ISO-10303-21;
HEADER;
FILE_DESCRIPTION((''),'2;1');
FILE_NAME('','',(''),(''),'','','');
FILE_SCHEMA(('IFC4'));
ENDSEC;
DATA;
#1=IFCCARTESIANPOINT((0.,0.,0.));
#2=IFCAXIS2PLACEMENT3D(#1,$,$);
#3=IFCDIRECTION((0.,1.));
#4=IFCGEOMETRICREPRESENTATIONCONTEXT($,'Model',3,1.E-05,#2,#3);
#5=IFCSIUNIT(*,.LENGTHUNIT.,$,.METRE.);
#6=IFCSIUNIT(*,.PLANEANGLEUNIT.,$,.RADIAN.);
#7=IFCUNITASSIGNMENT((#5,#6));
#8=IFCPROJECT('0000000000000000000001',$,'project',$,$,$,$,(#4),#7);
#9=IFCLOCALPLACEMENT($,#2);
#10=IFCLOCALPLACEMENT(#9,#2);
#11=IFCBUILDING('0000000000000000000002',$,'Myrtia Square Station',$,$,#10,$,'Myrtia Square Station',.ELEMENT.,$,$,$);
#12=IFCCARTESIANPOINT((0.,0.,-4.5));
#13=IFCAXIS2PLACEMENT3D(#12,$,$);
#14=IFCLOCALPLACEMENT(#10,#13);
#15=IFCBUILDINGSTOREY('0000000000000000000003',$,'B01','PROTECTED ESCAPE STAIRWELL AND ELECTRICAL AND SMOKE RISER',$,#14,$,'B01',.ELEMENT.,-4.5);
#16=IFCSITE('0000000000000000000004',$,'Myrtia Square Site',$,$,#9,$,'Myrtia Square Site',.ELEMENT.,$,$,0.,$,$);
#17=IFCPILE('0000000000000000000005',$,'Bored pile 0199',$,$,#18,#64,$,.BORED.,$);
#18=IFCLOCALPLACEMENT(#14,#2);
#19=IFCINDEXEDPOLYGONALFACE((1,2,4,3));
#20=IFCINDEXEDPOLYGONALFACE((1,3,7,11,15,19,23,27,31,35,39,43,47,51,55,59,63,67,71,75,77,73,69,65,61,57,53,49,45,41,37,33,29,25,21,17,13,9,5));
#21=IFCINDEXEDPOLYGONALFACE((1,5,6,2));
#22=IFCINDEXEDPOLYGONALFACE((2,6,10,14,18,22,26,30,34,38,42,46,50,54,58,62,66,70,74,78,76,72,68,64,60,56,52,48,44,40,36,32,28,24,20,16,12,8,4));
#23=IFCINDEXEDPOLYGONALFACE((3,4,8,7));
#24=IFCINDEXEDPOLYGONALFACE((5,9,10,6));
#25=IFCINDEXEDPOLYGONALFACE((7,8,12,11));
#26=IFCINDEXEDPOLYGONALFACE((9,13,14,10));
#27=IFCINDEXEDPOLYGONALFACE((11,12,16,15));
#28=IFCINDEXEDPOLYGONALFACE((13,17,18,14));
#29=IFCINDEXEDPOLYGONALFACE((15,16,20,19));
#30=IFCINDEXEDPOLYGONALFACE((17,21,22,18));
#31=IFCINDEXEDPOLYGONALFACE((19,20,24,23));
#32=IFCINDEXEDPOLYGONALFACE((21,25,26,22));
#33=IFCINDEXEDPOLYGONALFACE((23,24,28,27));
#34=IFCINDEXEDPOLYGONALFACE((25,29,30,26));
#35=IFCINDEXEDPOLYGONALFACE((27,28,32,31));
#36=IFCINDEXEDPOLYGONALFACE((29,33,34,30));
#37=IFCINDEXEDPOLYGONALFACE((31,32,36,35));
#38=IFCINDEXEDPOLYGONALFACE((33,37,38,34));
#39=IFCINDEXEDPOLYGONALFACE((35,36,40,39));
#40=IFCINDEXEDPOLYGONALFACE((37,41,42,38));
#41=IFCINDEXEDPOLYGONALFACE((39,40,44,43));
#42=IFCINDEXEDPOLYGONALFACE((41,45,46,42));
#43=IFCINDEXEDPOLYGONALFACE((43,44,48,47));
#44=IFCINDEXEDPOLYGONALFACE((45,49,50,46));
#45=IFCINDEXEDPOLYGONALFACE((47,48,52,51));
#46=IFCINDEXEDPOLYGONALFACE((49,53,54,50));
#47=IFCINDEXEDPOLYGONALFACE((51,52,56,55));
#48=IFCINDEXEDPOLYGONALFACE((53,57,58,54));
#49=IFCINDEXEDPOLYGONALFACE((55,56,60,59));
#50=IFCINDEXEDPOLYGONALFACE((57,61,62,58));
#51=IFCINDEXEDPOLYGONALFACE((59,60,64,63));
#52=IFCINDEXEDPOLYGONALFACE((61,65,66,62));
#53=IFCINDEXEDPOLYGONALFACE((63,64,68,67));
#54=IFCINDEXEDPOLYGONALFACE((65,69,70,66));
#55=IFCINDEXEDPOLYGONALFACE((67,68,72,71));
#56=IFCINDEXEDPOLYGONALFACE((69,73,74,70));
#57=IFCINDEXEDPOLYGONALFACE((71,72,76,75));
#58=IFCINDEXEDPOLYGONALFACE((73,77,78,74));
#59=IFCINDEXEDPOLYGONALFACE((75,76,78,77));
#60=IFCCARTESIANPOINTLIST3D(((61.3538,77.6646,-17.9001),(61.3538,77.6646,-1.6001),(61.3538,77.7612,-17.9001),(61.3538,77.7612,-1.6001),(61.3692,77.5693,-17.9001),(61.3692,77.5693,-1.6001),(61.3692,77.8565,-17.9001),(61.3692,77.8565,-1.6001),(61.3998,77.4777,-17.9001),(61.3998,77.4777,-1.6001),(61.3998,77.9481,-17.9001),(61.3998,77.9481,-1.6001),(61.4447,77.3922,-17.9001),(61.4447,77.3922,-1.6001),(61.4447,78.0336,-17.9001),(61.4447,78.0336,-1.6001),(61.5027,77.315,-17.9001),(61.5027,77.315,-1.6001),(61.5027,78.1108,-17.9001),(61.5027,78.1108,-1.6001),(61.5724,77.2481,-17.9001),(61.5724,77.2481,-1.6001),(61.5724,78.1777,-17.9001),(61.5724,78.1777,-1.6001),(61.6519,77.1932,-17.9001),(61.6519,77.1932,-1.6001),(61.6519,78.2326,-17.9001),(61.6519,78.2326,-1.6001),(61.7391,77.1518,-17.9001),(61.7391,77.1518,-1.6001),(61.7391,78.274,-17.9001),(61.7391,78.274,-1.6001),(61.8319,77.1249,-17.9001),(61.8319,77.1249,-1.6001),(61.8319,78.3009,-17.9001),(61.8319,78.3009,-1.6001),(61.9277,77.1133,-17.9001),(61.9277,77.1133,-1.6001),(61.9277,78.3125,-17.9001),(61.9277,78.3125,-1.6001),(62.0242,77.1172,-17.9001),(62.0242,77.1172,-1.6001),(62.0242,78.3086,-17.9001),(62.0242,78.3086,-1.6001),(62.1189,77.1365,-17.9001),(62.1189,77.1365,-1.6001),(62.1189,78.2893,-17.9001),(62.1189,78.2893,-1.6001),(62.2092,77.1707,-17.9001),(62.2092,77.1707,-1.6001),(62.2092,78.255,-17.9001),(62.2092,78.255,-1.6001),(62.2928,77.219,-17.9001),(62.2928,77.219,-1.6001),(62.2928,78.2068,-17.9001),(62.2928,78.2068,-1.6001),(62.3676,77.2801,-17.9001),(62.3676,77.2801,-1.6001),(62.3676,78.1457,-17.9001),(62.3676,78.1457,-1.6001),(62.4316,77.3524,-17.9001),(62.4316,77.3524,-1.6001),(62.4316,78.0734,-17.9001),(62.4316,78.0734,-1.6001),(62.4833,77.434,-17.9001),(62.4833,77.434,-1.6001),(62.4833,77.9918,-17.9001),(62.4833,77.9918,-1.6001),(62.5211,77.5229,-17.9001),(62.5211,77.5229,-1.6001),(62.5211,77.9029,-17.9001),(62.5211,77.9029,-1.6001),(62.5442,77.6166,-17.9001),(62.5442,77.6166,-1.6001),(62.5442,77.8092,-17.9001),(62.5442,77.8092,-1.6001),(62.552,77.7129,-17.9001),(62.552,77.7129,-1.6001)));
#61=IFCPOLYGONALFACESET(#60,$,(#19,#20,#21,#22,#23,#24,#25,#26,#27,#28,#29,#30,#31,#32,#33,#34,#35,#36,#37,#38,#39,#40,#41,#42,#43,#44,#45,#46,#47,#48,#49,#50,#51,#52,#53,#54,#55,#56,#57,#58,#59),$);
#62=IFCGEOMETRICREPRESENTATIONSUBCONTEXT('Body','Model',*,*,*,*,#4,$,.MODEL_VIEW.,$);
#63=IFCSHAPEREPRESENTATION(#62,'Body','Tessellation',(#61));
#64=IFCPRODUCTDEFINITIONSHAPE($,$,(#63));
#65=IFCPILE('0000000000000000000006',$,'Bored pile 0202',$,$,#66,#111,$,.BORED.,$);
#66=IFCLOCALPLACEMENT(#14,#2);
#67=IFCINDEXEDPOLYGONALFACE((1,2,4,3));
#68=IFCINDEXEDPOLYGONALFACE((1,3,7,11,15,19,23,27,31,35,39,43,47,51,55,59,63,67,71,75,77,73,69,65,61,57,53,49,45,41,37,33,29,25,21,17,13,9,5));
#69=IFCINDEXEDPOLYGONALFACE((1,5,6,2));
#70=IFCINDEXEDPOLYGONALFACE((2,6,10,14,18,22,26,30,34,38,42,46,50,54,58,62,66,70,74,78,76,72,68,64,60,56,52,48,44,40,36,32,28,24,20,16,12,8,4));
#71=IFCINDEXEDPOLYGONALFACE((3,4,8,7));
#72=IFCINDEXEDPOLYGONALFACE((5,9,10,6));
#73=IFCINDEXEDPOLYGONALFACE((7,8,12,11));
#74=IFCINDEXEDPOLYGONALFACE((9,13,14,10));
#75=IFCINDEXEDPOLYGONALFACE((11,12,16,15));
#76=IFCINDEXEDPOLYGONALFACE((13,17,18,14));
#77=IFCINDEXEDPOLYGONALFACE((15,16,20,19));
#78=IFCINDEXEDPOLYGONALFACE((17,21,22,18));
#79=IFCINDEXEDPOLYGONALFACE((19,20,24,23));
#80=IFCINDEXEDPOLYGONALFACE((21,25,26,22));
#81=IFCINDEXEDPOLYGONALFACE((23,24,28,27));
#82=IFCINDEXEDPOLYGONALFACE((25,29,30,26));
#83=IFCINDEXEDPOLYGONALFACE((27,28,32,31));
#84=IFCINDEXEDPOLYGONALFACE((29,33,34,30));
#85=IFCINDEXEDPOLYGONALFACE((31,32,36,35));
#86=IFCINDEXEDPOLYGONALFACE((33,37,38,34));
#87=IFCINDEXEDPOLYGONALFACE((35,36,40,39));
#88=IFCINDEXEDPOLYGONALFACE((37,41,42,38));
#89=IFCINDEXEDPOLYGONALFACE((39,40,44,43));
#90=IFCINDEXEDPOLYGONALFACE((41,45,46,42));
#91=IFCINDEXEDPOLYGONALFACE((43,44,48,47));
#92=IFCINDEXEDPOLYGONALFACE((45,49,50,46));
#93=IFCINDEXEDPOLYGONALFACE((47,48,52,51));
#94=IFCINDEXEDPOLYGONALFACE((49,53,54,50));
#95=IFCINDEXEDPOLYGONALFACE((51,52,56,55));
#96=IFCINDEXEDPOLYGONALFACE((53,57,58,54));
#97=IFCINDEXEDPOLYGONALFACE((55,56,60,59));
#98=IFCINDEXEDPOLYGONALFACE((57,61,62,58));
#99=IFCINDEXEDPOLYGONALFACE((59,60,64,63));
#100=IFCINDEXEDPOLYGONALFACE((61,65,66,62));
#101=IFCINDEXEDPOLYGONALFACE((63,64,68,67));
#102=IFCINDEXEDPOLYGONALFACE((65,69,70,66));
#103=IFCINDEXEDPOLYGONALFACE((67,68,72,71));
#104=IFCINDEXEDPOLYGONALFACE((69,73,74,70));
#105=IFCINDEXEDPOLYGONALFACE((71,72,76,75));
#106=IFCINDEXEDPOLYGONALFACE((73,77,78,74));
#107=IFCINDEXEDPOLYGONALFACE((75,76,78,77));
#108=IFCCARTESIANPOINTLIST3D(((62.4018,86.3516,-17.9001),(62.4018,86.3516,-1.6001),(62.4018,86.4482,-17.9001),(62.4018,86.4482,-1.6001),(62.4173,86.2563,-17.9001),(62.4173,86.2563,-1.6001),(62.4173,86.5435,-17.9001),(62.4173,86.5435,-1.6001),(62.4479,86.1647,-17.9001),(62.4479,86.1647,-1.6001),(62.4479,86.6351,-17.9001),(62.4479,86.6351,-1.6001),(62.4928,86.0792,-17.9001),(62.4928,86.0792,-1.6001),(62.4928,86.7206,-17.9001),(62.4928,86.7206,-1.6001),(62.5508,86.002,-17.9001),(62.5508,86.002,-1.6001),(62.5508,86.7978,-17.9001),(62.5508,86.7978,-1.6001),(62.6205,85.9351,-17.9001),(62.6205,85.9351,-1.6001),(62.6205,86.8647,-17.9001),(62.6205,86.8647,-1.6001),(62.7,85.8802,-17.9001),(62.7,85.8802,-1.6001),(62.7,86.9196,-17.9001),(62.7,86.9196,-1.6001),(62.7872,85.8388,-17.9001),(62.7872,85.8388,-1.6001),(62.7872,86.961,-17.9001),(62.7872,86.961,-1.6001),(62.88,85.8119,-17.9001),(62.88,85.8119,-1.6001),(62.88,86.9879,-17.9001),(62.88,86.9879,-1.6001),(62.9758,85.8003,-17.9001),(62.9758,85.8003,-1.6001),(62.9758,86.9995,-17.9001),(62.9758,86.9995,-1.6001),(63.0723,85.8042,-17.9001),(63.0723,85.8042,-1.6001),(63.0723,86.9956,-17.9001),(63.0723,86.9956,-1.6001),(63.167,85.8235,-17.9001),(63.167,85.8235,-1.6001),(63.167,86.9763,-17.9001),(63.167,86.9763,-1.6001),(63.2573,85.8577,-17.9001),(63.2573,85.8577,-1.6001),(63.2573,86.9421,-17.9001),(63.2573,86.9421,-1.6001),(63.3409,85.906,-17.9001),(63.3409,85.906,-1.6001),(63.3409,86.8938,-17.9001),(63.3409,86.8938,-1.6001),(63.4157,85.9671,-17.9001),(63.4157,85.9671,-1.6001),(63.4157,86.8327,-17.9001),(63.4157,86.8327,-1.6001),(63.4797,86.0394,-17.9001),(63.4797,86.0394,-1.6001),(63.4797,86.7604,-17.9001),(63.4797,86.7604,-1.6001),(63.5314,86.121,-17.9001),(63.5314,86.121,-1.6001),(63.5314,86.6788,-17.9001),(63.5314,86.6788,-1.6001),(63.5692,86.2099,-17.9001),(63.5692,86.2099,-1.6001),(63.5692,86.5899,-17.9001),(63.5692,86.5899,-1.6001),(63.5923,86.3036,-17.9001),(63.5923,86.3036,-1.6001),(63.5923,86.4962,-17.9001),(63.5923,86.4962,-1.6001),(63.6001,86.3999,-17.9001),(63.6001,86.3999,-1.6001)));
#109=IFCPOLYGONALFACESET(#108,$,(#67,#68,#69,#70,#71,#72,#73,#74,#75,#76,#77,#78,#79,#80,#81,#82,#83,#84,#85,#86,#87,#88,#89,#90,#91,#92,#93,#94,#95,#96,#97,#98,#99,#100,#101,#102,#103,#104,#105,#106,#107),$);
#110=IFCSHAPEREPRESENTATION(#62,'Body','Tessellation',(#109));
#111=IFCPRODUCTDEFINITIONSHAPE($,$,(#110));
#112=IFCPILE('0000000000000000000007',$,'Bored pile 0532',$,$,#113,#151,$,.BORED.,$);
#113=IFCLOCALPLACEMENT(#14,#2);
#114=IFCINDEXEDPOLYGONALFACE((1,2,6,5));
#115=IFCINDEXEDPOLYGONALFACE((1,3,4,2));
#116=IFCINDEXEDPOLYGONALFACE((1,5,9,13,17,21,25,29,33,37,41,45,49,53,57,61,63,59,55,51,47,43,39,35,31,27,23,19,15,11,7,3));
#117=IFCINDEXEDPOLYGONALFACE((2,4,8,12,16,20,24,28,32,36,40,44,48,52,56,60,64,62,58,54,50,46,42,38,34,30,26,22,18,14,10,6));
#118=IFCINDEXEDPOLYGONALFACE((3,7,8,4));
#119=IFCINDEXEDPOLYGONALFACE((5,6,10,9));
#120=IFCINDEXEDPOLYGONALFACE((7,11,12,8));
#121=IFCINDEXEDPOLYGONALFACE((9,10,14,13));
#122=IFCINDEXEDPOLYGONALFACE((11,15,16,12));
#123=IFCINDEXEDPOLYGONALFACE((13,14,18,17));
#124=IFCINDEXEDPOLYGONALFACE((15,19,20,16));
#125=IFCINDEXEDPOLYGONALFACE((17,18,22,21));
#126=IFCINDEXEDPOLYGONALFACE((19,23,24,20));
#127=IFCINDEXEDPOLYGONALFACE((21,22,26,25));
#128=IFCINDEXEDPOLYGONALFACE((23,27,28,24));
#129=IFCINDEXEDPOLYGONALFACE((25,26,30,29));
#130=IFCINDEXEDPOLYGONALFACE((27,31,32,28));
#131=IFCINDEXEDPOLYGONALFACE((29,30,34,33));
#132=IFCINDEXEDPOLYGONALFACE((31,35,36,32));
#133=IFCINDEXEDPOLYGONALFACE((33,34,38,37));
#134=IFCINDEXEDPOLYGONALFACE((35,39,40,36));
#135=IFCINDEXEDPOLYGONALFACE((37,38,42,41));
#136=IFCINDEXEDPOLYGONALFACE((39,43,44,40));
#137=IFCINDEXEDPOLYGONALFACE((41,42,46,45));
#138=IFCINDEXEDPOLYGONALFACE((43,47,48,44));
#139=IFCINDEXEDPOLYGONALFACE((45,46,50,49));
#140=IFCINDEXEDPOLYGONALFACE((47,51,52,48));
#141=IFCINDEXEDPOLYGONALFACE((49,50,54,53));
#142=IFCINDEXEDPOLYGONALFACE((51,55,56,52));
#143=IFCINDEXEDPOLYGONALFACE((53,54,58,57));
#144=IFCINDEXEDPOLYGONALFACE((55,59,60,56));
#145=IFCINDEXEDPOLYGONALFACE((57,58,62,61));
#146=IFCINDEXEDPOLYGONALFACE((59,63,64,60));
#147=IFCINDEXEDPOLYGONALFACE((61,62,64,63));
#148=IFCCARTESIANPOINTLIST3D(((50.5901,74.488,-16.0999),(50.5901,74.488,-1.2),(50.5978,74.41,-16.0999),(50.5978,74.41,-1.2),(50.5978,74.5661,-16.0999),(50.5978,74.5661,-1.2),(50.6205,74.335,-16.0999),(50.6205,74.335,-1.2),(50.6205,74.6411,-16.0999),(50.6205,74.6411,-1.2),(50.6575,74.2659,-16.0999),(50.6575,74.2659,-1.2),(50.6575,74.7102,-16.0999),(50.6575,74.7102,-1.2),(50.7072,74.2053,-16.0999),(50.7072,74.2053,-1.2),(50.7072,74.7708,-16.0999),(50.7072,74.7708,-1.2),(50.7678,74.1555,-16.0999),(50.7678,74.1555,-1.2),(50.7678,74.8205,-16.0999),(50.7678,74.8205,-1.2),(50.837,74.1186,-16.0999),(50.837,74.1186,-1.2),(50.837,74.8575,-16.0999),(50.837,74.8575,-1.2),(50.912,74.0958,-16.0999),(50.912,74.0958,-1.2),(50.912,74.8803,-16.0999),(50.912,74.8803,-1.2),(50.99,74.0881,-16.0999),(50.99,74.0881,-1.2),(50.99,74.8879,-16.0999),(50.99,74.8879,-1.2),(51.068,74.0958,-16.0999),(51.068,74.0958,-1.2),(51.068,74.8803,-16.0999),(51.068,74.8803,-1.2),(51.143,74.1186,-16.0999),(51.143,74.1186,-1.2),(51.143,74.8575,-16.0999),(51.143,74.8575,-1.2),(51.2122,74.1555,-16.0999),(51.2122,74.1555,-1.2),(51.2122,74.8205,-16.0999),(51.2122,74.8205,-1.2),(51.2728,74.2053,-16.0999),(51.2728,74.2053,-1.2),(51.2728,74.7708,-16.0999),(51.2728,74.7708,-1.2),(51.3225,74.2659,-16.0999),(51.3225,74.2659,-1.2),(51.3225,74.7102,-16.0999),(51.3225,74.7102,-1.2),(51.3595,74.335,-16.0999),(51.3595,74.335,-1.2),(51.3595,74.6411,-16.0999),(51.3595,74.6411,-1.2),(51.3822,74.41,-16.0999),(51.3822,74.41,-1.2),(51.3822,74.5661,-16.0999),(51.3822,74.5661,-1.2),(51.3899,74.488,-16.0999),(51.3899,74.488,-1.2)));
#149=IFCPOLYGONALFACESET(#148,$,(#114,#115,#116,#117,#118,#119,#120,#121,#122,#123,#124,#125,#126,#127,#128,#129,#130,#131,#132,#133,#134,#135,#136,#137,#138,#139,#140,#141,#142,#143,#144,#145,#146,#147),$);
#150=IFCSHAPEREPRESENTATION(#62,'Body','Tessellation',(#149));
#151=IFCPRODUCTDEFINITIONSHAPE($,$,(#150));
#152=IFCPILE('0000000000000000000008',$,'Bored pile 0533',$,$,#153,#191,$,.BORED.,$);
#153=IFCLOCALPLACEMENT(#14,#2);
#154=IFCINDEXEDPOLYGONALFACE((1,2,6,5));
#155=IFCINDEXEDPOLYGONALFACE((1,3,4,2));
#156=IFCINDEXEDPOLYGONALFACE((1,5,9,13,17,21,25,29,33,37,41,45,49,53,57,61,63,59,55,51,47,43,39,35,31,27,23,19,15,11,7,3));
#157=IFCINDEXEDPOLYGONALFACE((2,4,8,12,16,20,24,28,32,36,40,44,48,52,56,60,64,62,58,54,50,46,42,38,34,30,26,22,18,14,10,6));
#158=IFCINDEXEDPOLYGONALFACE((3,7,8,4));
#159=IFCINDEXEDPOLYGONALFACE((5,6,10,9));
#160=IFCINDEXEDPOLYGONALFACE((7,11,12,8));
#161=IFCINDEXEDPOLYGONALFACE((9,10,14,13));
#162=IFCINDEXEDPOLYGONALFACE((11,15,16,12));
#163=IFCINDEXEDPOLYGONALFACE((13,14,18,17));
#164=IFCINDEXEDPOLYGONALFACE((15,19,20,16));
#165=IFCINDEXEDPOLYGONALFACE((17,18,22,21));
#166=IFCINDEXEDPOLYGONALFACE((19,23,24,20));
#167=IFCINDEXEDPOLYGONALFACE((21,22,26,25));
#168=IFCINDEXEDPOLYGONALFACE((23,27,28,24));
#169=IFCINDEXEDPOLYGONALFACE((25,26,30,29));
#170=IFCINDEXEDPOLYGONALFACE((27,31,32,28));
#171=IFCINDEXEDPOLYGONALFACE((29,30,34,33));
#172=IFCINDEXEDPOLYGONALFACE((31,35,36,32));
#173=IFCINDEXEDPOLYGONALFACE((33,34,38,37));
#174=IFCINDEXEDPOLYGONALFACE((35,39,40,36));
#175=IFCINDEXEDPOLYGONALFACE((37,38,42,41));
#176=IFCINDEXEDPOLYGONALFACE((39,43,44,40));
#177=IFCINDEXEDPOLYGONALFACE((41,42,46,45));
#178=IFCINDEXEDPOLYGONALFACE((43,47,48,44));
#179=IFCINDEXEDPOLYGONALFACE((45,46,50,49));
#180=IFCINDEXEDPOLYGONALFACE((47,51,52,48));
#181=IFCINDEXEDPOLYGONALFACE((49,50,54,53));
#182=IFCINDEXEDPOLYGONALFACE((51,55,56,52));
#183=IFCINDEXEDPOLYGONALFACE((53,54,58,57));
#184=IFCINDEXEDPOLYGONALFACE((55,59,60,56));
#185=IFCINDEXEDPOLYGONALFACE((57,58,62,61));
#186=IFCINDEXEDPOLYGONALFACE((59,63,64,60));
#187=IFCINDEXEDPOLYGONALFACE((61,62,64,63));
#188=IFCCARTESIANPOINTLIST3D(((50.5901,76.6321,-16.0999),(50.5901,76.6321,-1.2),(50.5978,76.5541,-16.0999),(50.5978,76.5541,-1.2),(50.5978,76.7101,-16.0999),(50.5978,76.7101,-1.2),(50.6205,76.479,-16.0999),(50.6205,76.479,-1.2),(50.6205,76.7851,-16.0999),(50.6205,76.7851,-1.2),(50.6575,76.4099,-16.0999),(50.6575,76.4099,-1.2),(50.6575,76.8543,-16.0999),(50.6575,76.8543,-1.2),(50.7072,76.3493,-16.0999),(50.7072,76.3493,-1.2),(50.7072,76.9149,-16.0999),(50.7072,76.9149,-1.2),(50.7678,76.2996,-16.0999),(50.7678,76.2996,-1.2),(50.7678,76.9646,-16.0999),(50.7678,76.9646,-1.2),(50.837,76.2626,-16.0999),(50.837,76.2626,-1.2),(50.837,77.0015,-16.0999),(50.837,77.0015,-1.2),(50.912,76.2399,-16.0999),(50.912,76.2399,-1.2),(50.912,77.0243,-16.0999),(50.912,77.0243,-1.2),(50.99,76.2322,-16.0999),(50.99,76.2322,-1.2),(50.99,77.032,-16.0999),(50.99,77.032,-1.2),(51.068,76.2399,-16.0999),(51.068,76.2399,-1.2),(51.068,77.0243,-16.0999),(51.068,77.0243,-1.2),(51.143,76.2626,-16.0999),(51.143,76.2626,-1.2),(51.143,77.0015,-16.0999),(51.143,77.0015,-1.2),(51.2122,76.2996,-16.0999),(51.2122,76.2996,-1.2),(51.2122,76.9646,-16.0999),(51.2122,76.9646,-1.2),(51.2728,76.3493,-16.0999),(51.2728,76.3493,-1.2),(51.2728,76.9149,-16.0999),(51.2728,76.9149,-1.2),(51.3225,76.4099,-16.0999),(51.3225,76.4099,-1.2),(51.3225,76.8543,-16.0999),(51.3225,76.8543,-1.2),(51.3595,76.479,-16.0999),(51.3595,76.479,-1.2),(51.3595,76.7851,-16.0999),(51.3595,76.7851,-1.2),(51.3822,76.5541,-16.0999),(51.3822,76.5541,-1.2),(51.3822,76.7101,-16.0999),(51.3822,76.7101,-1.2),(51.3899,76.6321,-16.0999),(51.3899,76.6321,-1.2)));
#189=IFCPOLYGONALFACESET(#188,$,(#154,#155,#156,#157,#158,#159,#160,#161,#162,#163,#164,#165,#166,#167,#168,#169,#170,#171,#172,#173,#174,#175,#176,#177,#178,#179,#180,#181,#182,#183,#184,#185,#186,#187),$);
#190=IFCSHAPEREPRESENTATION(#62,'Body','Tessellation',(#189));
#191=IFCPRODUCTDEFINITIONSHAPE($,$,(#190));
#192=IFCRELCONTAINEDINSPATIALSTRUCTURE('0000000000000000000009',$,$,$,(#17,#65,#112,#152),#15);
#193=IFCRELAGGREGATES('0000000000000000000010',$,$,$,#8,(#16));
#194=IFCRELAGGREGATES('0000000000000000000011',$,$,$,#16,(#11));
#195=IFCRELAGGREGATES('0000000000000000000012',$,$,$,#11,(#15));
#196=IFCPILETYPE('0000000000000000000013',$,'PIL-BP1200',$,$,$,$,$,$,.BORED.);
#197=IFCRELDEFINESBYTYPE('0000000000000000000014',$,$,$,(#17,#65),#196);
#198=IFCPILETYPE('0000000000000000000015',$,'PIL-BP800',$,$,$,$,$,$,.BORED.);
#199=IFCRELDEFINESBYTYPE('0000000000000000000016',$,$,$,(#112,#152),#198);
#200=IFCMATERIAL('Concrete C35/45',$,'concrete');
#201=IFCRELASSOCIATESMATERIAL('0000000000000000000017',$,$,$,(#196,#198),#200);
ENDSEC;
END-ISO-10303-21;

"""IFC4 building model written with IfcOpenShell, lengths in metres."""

from ifc_helpers import new_model, si_unit, direction, frame, origin, origin_2d, place, context, subcontext, project, spatial, circle, extrude, material, material_profile, profile_set, type_object, element, save


model = new_model("IFC4")

# Units and contexts
model_context = context("Model", 3, precision=1e-05, world=origin(), true_north=direction((0.0, 1.0)))
body_context = subcontext(model_context, "Body", "Model", "MODEL_VIEW")
ifc_project = project(units=[si_unit("LENGTHUNIT", "METRE"), si_unit("PLANEANGLEUNIT", "RADIAN")], contexts=[model_context])

# Site, building, storey
site_placement = place(None, origin())
site = spatial("IfcSite", under=ifc_project, at=site_placement, Name="Myrtia Square Site", LongName="Myrtia Square Site", CompositionType="ELEMENT", RefElevation=0.0)
building_placement = place(site_placement, origin())
building = spatial("IfcBuilding", under=site, at=building_placement, Name="Myrtia Square Station", LongName="Myrtia Square Station", CompositionType="ELEMENT")
storey_placement = place(building_placement, frame((0.0, 0.0, -4.5)))
storey = spatial("IfcBuildingStorey", under=building, at=storey_placement, Name="B01", Description="PROTECTED ESCAPE STAIRWELL AND ELECTRICAL AND SMOKE RISER", LongName="B01", CompositionType="ELEMENT", Elevation=-4.5)

# Shared definitions
ifc_material_1 = material(Name="Concrete C35/45", Category="concrete")

# Piles
ifc_material_profile_1 = material_profile(ifc_material_1, circle(Radius=0.6001, at=origin_2d()), Name="BP D1200")
ifc_profile_set_1 = profile_set([ifc_material_profile_1], Name="Concrete C35/45")
pile_type_1 = type_object("IfcPileType", Name="PIL-BP1200", PredefinedType="BORED", material=ifc_profile_set_1)
for number, where, z_axis, x_axis, name in (
    (1, (61.9519, 77.7129, -1.6001), (0.0, 0.0, -1.0), (1.0, 0.0, 0.0), "Bored pile 0199"),
    (2, (63.0, 86.3999, -1.6001), (0.0, 0.0, -1.0), (1.0, 0.0, 0.0), "Bored pile 0202"),
):
    element("IfcPile", number, at=place(storey_placement, frame(where, z_axis=z_axis, x_axis=x_axis)), inside=storey, type_object=pile_type_1, Name=name, PredefinedType="BORED", context=body_context, shape_type="SweptSolid", body=[
        extrude(circle(Radius=0.6001, at=origin_2d()), origin(), (0.0, 0.0, 1.0), 16.3),
    ])
ifc_material_profile_2 = material_profile(ifc_material_1, circle(Radius=0.3999, at=origin_2d()), Name="BP D800")
ifc_profile_set_2 = profile_set([ifc_material_profile_2], Name="Concrete C35/45")
pile_type_2 = type_object("IfcPileType", Name="PIL-BP800", PredefinedType="BORED", material=ifc_profile_set_2)
for number, where, z_axis, x_axis, name in (
    (3, (50.99, 74.488, -1.2), (0.0, 0.0, -1.0), (1.0, 0.0, 0.0), "Bored pile 0532"),
    (4, (50.99, 76.6321, -1.2), (0.0, 0.0, -1.0), (1.0, 0.0, 0.0), "Bored pile 0533"),
):
    element("IfcPile", number, at=place(storey_placement, frame(where, z_axis=z_axis, x_axis=x_axis)), inside=storey, type_object=pile_type_2, Name=name, PredefinedType="BORED", context=body_context, shape_type="SweptSolid", body=[
        extrude(circle(Radius=0.3999, at=origin_2d()), origin(), (0.0, 0.0, 1.0), 14.8999),
    ])

save(model, "model.ifc")
